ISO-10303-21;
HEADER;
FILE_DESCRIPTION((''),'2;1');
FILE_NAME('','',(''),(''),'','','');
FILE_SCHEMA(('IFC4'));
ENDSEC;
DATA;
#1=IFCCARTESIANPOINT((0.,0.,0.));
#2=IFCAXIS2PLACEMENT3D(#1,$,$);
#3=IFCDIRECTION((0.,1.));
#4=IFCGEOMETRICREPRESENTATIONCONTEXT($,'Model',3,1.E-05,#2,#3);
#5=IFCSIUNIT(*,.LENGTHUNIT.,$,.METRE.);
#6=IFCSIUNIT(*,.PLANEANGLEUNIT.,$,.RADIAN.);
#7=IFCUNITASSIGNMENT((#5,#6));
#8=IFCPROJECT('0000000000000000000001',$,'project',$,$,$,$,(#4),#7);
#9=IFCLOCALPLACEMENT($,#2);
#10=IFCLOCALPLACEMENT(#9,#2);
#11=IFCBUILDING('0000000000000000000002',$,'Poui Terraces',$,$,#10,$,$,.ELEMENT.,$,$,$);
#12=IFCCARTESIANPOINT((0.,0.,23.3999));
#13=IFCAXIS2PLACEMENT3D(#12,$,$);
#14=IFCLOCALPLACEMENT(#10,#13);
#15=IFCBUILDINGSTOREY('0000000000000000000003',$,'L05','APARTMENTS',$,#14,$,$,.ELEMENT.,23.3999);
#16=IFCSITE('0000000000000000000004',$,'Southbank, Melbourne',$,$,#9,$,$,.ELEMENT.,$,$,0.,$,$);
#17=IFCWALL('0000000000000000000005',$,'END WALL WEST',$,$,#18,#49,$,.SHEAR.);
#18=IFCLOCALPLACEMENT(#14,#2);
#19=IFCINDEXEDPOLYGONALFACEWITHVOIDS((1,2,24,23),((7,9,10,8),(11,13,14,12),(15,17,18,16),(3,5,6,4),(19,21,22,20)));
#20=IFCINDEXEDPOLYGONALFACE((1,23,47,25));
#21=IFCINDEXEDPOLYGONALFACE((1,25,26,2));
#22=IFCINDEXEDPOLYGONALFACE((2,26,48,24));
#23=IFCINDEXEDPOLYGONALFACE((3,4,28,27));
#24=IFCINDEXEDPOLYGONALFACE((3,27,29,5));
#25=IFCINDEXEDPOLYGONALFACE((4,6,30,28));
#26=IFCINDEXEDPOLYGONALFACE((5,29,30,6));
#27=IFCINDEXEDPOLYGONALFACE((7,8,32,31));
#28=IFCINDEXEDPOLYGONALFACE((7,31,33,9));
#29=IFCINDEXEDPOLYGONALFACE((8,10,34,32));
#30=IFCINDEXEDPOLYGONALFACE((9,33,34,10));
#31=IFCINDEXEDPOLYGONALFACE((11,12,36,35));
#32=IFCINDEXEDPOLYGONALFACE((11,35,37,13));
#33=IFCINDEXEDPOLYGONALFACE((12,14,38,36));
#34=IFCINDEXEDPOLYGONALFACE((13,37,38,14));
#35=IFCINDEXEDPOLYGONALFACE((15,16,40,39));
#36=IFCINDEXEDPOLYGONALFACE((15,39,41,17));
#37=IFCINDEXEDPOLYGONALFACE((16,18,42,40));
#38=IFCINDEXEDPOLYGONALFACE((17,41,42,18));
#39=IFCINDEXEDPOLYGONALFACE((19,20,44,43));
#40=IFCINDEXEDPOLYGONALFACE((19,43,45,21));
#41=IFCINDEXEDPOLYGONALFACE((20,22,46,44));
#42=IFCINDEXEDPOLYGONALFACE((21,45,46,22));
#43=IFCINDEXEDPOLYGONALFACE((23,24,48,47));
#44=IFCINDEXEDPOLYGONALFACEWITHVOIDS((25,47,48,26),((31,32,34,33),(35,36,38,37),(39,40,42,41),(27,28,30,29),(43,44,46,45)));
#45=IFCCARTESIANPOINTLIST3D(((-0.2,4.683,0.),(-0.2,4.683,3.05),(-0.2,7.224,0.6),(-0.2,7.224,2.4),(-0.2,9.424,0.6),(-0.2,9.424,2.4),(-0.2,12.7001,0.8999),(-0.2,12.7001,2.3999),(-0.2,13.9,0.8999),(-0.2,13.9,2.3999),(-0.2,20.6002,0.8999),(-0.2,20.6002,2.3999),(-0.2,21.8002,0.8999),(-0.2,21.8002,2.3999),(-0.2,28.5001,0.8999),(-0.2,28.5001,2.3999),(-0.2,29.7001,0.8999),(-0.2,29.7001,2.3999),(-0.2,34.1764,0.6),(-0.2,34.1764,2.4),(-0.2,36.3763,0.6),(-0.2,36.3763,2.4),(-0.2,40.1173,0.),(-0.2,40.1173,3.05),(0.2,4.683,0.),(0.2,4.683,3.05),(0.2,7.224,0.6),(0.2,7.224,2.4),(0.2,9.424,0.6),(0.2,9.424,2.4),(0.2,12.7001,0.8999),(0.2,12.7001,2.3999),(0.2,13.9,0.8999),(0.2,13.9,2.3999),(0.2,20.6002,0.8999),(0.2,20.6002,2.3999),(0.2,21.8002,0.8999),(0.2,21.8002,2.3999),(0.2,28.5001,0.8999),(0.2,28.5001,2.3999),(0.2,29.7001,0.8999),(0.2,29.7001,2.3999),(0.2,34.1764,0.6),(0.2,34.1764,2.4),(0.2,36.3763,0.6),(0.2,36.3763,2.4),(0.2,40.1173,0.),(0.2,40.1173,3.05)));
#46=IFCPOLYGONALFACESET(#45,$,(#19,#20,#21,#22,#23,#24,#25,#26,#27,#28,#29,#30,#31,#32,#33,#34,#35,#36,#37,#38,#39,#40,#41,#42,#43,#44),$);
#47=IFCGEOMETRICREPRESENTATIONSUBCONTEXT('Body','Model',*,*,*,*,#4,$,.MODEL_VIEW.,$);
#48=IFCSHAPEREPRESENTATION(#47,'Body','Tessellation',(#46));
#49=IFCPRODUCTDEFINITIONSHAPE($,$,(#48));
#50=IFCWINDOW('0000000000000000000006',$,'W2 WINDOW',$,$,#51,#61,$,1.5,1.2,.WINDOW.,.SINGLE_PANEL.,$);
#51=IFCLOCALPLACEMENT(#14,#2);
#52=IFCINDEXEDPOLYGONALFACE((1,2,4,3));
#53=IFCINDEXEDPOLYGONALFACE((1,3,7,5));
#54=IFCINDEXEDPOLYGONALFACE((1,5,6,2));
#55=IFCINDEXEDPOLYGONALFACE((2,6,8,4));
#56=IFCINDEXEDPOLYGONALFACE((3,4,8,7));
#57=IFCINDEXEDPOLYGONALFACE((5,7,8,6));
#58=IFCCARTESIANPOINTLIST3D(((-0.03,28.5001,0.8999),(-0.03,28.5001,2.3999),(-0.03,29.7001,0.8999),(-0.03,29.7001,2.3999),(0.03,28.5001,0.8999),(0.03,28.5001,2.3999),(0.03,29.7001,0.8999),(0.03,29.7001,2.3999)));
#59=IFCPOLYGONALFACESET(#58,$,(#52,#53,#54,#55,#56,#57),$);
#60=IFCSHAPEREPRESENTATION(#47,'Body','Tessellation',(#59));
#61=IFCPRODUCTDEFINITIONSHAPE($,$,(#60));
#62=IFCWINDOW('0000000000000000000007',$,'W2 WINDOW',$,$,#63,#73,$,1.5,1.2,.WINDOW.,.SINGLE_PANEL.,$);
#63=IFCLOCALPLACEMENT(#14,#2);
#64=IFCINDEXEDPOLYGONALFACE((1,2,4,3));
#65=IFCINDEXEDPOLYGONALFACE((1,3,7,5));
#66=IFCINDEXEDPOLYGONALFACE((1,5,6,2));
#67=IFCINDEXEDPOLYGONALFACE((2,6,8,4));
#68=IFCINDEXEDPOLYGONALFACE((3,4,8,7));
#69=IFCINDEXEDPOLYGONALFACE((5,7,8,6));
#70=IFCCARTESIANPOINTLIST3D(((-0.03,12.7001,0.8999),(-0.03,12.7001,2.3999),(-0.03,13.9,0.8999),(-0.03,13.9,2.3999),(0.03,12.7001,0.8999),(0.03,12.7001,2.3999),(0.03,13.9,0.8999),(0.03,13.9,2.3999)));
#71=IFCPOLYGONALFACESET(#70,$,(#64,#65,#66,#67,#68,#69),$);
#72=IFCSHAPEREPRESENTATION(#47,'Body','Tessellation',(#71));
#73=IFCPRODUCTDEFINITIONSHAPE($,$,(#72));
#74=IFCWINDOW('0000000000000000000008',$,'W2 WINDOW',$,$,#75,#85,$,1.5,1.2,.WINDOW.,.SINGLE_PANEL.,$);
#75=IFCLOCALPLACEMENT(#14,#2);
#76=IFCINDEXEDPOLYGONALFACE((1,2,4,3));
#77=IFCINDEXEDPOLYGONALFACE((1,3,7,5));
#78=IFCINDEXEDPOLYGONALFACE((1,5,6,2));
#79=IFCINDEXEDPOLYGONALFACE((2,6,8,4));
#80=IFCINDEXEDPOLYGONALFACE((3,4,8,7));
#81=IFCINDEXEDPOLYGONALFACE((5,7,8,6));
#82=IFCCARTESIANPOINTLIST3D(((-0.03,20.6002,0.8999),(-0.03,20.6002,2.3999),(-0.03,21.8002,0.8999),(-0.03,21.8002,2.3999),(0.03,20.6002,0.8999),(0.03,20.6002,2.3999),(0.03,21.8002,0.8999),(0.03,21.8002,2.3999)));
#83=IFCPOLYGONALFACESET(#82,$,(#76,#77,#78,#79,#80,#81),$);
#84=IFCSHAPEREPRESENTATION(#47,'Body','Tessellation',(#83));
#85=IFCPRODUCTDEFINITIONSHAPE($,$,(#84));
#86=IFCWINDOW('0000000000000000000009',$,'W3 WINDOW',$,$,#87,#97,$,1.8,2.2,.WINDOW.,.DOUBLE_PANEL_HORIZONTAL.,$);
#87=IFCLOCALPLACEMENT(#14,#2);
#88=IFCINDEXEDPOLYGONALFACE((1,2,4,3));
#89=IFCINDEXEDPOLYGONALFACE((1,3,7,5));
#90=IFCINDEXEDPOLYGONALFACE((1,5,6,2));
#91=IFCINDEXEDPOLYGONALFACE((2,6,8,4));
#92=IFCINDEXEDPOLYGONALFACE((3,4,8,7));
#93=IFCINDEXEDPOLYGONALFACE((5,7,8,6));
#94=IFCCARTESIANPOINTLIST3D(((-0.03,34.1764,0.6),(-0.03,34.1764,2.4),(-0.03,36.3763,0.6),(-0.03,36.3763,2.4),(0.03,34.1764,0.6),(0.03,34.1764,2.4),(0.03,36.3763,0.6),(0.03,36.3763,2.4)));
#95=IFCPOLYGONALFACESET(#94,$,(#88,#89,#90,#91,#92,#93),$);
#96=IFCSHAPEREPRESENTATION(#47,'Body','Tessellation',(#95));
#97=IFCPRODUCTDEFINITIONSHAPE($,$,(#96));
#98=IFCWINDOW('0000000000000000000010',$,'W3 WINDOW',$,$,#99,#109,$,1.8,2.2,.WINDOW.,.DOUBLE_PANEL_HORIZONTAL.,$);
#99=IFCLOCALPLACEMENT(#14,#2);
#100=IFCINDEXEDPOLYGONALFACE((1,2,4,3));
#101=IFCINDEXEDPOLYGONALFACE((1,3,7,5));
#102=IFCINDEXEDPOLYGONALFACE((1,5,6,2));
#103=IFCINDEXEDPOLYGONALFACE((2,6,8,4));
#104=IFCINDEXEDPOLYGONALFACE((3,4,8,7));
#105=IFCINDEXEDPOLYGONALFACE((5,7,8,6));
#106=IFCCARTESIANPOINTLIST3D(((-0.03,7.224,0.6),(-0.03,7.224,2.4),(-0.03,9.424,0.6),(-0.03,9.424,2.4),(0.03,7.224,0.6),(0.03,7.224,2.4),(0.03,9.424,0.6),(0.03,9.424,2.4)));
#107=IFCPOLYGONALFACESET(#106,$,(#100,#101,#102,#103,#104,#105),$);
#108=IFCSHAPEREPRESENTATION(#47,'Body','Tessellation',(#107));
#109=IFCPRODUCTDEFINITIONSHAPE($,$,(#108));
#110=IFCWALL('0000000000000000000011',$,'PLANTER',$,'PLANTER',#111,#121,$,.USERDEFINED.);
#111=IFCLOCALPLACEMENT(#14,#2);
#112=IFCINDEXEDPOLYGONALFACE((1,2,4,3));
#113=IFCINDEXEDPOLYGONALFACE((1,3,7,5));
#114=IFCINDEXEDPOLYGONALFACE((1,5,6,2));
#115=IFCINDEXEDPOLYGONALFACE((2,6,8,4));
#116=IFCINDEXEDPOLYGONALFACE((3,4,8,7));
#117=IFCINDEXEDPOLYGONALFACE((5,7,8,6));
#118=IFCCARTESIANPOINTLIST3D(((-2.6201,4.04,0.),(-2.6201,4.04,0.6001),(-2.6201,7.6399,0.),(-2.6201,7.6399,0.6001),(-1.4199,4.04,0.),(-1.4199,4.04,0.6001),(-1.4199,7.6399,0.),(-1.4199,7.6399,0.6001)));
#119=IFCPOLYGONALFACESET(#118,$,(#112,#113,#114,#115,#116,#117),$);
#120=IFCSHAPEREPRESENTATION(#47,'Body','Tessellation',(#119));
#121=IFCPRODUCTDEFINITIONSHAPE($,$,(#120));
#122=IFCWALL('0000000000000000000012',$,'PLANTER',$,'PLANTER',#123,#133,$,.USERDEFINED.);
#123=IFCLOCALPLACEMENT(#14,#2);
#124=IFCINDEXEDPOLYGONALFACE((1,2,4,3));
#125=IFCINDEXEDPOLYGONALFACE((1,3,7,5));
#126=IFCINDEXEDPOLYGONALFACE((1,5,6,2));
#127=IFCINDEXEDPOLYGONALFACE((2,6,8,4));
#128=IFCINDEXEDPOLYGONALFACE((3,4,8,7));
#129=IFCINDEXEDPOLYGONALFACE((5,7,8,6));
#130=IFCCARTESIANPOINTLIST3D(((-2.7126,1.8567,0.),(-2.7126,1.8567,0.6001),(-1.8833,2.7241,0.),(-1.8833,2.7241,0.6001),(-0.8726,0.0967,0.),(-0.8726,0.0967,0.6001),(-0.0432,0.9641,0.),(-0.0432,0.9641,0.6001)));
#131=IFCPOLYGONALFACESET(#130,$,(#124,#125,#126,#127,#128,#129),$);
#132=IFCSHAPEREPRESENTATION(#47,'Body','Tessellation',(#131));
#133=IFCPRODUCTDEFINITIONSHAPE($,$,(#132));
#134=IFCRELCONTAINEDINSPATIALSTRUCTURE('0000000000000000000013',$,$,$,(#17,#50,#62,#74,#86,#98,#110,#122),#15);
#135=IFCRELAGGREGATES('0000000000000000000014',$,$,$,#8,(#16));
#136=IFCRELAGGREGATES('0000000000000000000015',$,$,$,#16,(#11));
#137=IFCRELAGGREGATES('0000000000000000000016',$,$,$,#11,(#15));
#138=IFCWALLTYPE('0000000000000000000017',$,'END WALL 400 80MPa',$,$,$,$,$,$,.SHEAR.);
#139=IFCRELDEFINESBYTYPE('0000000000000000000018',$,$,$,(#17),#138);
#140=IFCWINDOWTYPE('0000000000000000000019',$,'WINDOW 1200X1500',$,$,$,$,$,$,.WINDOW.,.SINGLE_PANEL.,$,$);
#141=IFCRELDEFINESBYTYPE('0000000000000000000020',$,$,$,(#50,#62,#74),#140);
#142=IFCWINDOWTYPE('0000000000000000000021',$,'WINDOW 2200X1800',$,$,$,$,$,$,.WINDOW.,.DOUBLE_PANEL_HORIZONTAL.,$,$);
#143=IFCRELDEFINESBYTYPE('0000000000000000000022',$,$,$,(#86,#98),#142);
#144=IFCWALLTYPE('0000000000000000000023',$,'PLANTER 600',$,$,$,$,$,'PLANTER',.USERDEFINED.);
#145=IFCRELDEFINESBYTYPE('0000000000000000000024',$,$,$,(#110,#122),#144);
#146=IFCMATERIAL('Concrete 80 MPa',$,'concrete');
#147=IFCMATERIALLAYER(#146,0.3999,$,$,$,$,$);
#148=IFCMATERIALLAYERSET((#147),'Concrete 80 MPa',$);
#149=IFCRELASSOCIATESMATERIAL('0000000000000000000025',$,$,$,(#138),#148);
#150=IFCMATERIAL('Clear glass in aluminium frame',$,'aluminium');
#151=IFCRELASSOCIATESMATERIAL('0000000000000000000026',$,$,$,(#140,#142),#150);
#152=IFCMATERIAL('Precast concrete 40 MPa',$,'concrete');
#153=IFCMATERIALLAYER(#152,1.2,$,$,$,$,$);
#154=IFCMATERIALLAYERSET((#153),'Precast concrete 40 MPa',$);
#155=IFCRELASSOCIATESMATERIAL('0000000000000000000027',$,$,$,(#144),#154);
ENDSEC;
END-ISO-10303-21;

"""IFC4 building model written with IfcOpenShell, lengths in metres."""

from ifc_helpers import new_model, si_unit, direction, frame, frame_2d, origin, place, context, subcontext, project, spatial, polyline, rectangle, outline, extrude, source, transform, mapped, material, layer, layer_set, type_object, element, fill, save


model = new_model("IFC4")

# Units and contexts
model_context = context("Model", 3, precision=1e-05, world=origin(), true_north=direction((0.0, 1.0)))
body_context = subcontext(model_context, "Body", "Model", "MODEL_VIEW")
ifc_project = project(units=[si_unit("LENGTHUNIT", "METRE"), si_unit("PLANEANGLEUNIT", "RADIAN")], contexts=[model_context])

# Site, building, storey
site_placement = place(None, origin())
site = spatial("IfcSite", under=ifc_project, at=site_placement, Name="Southbank, Melbourne", CompositionType="ELEMENT", RefElevation=0.0)
building_placement = place(site_placement, origin())
building = spatial("IfcBuilding", under=site, at=building_placement, Name="Poui Terraces", CompositionType="ELEMENT")
storey_placement = place(building_placement, frame((0.0, 0.0, 23.3999)))
storey = spatial("IfcBuildingStorey", under=building, at=storey_placement, Name="L05", Description="APARTMENTS", CompositionType="ELEMENT", Elevation=23.3999)

# Shared definitions
ifc_material_1 = material(Name="Concrete 80 MPa", Category="concrete")

# Wall, openings, windows
ifc_layer_1 = layer(ifc_material_1, 0.3999)
ifc_layer_set_1 = layer_set([ifc_layer_1], Name="Concrete 80 MPa")
wall_type_1 = type_object("IfcWallType", Name="END WALL 400 80MPa", PredefinedType="SHEAR", material=ifc_layer_set_1)
wall_1_placement = place(storey_placement, frame((0.0, 4.6829, 0.0), z_axis=(0.0, 0.0, 1.0), x_axis=(0.0, 1.0, 0.0)))
wall_1 = element("IfcWall", 1, at=wall_1_placement, inside=storey, type_object=wall_type_1, Name="END WALL WEST", PredefinedType="SHEAR", context=body_context, shape_type="SweptSolid", body=[
    extrude(rectangle(XDim=35.4343, YDim=0.3999, at=frame_2d((17.7173, 0.0))), origin(), (0.0, 0.0, 1.0), 3.05),
])
opening_1_placement = place(wall_1_placement, frame((23.8171, 0.0, 0.8999)))
opening_1 = element("IfcOpeningElement", 2, at=opening_1_placement, cuts=wall_1, PredefinedType="OPENING", context=body_context, shape_type="SweptSolid", body=[
    extrude(rectangle(XDim=1.2, YDim=1.5, at=frame_2d((0.6001, 0.75))), frame((0.0, 0.21, 0.0), z_axis=(0.0, -1.0, 0.0), x_axis=(1.0, 0.0, 0.0)), (0.0, 0.0, 1.0), 0.4199),
])
opening_2_placement = place(wall_1_placement, frame((8.0171, 0.0, 0.8999)))
opening_2 = element("IfcOpeningElement", 3, at=opening_2_placement, cuts=wall_1, PredefinedType="OPENING", context=body_context, shape_type="SweptSolid", body=[
    extrude(rectangle(XDim=1.2, YDim=1.5, at=frame_2d((0.6001, 0.75))), frame((0.0, 0.21, 0.0), z_axis=(0.0, -1.0, 0.0), x_axis=(1.0, 0.0, 0.0)), (0.0, 0.0, 1.0), 0.4199),
])
opening_3_placement = place(wall_1_placement, frame((15.9172, 0.0, 0.8999)))
opening_3 = element("IfcOpeningElement", 4, at=opening_3_placement, cuts=wall_1, PredefinedType="OPENING", context=body_context, shape_type="SweptSolid", body=[
    extrude(rectangle(XDim=1.2, YDim=1.5, at=frame_2d((0.6001, 0.75))), frame((0.0, 0.21, 0.0), z_axis=(0.0, -1.0, 0.0), x_axis=(1.0, 0.0, 0.0)), (0.0, 0.0, 1.0), 0.4199),
])
opening_4_placement = place(wall_1_placement, frame((29.4934, 0.0, 0.6001)))
opening_4 = element("IfcOpeningElement", 5, at=opening_4_placement, cuts=wall_1, PredefinedType="OPENING", context=body_context, shape_type="SweptSolid", body=[
    extrude(rectangle(XDim=2.2, YDim=1.8, at=frame_2d((1.1001, 0.8999))), frame((0.0, 0.21, 0.0), z_axis=(0.0, -1.0, 0.0), x_axis=(1.0, 0.0, 0.0)), (0.0, 0.0, 1.0), 0.4199),
])
opening_5_placement = place(wall_1_placement, frame((2.541, 0.0, 0.6001)))
opening_5 = element("IfcOpeningElement", 6, at=opening_5_placement, cuts=wall_1, PredefinedType="OPENING", context=body_context, shape_type="SweptSolid", body=[
    extrude(rectangle(XDim=2.2, YDim=1.8, at=frame_2d((1.1001, 0.8999))), frame((0.0, 0.21, 0.0), z_axis=(0.0, -1.0, 0.0), x_axis=(1.0, 0.0, 0.0)), (0.0, 0.0, 1.0), 0.4199),
])
ifc_material_2 = material(Name="Clear glass in aluminium frame", Category="aluminium")
window_type_1 = type_object("IfcWindowType", Name="WINDOW 1200X1500", PartitioningType="SINGLE_PANEL", PredefinedType="WINDOW", material=ifc_material_2)
window_1_placement = place(opening_1_placement, origin())
window_1 = element("IfcWindow", 7, at=window_1_placement, inside=storey, type_object=window_type_1, Name="W2 WINDOW", OverallHeight=1.5, OverallWidth=1.2, PartitioningType="SINGLE_PANEL", PredefinedType="WINDOW", context=body_context, shape_type="SweptSolid", body=[
    extrude(rectangle(XDim=1.2, YDim=1.5, at=frame_2d((0.6001, 0.75))), frame((0.0, 0.03, 0.0), z_axis=(0.0, -1.0, 0.0), x_axis=(1.0, 0.0, 0.0)), (0.0, 0.0, 1.0), 0.0601),
])
fill(opening_1, window_1)
window_2_placement = place(opening_2_placement, origin())
window_2 = element("IfcWindow", 8, at=window_2_placement, inside=storey, type_object=window_type_1, Name="W2 WINDOW", OverallHeight=1.5, OverallWidth=1.2, PartitioningType="SINGLE_PANEL", PredefinedType="WINDOW", context=body_context, shape_type="SweptSolid", body=[
    extrude(rectangle(XDim=1.2, YDim=1.5, at=frame_2d((0.6001, 0.75))), frame((0.0, 0.03, 0.0), z_axis=(0.0, -1.0, 0.0), x_axis=(1.0, 0.0, 0.0)), (0.0, 0.0, 1.0), 0.0601),
])
fill(opening_2, window_2)
window_3_placement = place(opening_3_placement, origin())
window_3 = element("IfcWindow", 9, at=window_3_placement, inside=storey, type_object=window_type_1, Name="W2 WINDOW", OverallHeight=1.5, OverallWidth=1.2, PartitioningType="SINGLE_PANEL", PredefinedType="WINDOW", context=body_context, shape_type="SweptSolid", body=[
    extrude(rectangle(XDim=1.2, YDim=1.5, at=frame_2d((0.6001, 0.75))), frame((0.0, 0.03, 0.0), z_axis=(0.0, -1.0, 0.0), x_axis=(1.0, 0.0, 0.0)), (0.0, 0.0, 1.0), 0.0601),
])
fill(opening_3, window_3)
window_type_2 = type_object("IfcWindowType", Name="WINDOW 2200X1800", PartitioningType="DOUBLE_PANEL_HORIZONTAL", PredefinedType="WINDOW", material=ifc_material_2)
window_4_placement = place(opening_4_placement, origin())
window_4 = element("IfcWindow", 10, at=window_4_placement, inside=storey, type_object=window_type_2, Name="W3 WINDOW", OverallHeight=1.8, OverallWidth=2.2, PartitioningType="DOUBLE_PANEL_HORIZONTAL", PredefinedType="WINDOW", context=body_context, shape_type="SweptSolid", body=[
    extrude(rectangle(XDim=2.2, YDim=1.8, at=frame_2d((1.1001, 0.8999))), frame((0.0, 0.03, 0.0), z_axis=(0.0, -1.0, 0.0), x_axis=(1.0, 0.0, 0.0)), (0.0, 0.0, 1.0), 0.0601),
])
fill(opening_4, window_4)
window_5_placement = place(opening_5_placement, origin())
window_5 = element("IfcWindow", 11, at=window_5_placement, inside=storey, type_object=window_type_2, Name="W3 WINDOW", OverallHeight=1.8, OverallWidth=2.2, PartitioningType="DOUBLE_PANEL_HORIZONTAL", PredefinedType="WINDOW", context=body_context, shape_type="SweptSolid", body=[
    extrude(rectangle(XDim=2.2, YDim=1.8, at=frame_2d((1.1001, 0.8999))), frame((0.0, 0.03, 0.0), z_axis=(0.0, -1.0, 0.0), x_axis=(1.0, 0.0, 0.0)), (0.0, 0.0, 1.0), 0.0601),
])
fill(opening_5, window_5)

# Walls
ifc_material_3 = material(Name="Precast concrete 40 MPa", Category="concrete")
ifc_layer_2 = layer(ifc_material_3, 1.2)
ifc_layer_set_2 = layer_set([ifc_layer_2], Name="Precast concrete 40 MPa")
wall_type_2 = type_object("IfcWallType", Name="PLANTER 600", ElementType="PLANTER", PredefinedType="USERDEFINED", material=ifc_layer_set_2)
shared_shape_1 = source(origin(), body_context, "Body", "SweptSolid", [
    extrude(outline(polyline([(0.0, 0.0), (1.2002, 0.0), (1.2002, 3.5999), (0.0, 3.5999), (0.0, 0.0)])), origin(), (0.0, 0.0, 1.0), 0.6001),
])
wall_2_placement = place(storey_placement, frame((-2.6201, 4.04, 0.0)))
element("IfcWall", 12, at=wall_2_placement, inside=storey, type_object=wall_type_2, Name="PLANTER", ObjectType="PLANTER", PredefinedType="USERDEFINED", context=body_context, shape_type="MappedRepresentation", body=[
    mapped(shared_shape_1, transform((0.0, 0.0, 0.0))),
])
shared_shape_2 = source(origin(), body_context, "Body", "SweptSolid", [
    extrude(outline(polyline([(0.0, 0.0), (1.8401, -1.76), (2.6694, -0.8926), (0.8293, 0.8674), (0.0, 0.0)])), origin(), (0.0, 0.0, 1.0), 0.6001),
])
wall_3_placement = place(storey_placement, frame((-2.7126, 1.8567, 0.0)))
element("IfcWall", 13, at=wall_3_placement, inside=storey, type_object=wall_type_2, Name="PLANTER", ObjectType="PLANTER", PredefinedType="USERDEFINED", context=body_context, shape_type="MappedRepresentation", body=[
    mapped(shared_shape_2, transform((0.0, 0.0, 0.0))),
])

save(model, "model.ifc")
